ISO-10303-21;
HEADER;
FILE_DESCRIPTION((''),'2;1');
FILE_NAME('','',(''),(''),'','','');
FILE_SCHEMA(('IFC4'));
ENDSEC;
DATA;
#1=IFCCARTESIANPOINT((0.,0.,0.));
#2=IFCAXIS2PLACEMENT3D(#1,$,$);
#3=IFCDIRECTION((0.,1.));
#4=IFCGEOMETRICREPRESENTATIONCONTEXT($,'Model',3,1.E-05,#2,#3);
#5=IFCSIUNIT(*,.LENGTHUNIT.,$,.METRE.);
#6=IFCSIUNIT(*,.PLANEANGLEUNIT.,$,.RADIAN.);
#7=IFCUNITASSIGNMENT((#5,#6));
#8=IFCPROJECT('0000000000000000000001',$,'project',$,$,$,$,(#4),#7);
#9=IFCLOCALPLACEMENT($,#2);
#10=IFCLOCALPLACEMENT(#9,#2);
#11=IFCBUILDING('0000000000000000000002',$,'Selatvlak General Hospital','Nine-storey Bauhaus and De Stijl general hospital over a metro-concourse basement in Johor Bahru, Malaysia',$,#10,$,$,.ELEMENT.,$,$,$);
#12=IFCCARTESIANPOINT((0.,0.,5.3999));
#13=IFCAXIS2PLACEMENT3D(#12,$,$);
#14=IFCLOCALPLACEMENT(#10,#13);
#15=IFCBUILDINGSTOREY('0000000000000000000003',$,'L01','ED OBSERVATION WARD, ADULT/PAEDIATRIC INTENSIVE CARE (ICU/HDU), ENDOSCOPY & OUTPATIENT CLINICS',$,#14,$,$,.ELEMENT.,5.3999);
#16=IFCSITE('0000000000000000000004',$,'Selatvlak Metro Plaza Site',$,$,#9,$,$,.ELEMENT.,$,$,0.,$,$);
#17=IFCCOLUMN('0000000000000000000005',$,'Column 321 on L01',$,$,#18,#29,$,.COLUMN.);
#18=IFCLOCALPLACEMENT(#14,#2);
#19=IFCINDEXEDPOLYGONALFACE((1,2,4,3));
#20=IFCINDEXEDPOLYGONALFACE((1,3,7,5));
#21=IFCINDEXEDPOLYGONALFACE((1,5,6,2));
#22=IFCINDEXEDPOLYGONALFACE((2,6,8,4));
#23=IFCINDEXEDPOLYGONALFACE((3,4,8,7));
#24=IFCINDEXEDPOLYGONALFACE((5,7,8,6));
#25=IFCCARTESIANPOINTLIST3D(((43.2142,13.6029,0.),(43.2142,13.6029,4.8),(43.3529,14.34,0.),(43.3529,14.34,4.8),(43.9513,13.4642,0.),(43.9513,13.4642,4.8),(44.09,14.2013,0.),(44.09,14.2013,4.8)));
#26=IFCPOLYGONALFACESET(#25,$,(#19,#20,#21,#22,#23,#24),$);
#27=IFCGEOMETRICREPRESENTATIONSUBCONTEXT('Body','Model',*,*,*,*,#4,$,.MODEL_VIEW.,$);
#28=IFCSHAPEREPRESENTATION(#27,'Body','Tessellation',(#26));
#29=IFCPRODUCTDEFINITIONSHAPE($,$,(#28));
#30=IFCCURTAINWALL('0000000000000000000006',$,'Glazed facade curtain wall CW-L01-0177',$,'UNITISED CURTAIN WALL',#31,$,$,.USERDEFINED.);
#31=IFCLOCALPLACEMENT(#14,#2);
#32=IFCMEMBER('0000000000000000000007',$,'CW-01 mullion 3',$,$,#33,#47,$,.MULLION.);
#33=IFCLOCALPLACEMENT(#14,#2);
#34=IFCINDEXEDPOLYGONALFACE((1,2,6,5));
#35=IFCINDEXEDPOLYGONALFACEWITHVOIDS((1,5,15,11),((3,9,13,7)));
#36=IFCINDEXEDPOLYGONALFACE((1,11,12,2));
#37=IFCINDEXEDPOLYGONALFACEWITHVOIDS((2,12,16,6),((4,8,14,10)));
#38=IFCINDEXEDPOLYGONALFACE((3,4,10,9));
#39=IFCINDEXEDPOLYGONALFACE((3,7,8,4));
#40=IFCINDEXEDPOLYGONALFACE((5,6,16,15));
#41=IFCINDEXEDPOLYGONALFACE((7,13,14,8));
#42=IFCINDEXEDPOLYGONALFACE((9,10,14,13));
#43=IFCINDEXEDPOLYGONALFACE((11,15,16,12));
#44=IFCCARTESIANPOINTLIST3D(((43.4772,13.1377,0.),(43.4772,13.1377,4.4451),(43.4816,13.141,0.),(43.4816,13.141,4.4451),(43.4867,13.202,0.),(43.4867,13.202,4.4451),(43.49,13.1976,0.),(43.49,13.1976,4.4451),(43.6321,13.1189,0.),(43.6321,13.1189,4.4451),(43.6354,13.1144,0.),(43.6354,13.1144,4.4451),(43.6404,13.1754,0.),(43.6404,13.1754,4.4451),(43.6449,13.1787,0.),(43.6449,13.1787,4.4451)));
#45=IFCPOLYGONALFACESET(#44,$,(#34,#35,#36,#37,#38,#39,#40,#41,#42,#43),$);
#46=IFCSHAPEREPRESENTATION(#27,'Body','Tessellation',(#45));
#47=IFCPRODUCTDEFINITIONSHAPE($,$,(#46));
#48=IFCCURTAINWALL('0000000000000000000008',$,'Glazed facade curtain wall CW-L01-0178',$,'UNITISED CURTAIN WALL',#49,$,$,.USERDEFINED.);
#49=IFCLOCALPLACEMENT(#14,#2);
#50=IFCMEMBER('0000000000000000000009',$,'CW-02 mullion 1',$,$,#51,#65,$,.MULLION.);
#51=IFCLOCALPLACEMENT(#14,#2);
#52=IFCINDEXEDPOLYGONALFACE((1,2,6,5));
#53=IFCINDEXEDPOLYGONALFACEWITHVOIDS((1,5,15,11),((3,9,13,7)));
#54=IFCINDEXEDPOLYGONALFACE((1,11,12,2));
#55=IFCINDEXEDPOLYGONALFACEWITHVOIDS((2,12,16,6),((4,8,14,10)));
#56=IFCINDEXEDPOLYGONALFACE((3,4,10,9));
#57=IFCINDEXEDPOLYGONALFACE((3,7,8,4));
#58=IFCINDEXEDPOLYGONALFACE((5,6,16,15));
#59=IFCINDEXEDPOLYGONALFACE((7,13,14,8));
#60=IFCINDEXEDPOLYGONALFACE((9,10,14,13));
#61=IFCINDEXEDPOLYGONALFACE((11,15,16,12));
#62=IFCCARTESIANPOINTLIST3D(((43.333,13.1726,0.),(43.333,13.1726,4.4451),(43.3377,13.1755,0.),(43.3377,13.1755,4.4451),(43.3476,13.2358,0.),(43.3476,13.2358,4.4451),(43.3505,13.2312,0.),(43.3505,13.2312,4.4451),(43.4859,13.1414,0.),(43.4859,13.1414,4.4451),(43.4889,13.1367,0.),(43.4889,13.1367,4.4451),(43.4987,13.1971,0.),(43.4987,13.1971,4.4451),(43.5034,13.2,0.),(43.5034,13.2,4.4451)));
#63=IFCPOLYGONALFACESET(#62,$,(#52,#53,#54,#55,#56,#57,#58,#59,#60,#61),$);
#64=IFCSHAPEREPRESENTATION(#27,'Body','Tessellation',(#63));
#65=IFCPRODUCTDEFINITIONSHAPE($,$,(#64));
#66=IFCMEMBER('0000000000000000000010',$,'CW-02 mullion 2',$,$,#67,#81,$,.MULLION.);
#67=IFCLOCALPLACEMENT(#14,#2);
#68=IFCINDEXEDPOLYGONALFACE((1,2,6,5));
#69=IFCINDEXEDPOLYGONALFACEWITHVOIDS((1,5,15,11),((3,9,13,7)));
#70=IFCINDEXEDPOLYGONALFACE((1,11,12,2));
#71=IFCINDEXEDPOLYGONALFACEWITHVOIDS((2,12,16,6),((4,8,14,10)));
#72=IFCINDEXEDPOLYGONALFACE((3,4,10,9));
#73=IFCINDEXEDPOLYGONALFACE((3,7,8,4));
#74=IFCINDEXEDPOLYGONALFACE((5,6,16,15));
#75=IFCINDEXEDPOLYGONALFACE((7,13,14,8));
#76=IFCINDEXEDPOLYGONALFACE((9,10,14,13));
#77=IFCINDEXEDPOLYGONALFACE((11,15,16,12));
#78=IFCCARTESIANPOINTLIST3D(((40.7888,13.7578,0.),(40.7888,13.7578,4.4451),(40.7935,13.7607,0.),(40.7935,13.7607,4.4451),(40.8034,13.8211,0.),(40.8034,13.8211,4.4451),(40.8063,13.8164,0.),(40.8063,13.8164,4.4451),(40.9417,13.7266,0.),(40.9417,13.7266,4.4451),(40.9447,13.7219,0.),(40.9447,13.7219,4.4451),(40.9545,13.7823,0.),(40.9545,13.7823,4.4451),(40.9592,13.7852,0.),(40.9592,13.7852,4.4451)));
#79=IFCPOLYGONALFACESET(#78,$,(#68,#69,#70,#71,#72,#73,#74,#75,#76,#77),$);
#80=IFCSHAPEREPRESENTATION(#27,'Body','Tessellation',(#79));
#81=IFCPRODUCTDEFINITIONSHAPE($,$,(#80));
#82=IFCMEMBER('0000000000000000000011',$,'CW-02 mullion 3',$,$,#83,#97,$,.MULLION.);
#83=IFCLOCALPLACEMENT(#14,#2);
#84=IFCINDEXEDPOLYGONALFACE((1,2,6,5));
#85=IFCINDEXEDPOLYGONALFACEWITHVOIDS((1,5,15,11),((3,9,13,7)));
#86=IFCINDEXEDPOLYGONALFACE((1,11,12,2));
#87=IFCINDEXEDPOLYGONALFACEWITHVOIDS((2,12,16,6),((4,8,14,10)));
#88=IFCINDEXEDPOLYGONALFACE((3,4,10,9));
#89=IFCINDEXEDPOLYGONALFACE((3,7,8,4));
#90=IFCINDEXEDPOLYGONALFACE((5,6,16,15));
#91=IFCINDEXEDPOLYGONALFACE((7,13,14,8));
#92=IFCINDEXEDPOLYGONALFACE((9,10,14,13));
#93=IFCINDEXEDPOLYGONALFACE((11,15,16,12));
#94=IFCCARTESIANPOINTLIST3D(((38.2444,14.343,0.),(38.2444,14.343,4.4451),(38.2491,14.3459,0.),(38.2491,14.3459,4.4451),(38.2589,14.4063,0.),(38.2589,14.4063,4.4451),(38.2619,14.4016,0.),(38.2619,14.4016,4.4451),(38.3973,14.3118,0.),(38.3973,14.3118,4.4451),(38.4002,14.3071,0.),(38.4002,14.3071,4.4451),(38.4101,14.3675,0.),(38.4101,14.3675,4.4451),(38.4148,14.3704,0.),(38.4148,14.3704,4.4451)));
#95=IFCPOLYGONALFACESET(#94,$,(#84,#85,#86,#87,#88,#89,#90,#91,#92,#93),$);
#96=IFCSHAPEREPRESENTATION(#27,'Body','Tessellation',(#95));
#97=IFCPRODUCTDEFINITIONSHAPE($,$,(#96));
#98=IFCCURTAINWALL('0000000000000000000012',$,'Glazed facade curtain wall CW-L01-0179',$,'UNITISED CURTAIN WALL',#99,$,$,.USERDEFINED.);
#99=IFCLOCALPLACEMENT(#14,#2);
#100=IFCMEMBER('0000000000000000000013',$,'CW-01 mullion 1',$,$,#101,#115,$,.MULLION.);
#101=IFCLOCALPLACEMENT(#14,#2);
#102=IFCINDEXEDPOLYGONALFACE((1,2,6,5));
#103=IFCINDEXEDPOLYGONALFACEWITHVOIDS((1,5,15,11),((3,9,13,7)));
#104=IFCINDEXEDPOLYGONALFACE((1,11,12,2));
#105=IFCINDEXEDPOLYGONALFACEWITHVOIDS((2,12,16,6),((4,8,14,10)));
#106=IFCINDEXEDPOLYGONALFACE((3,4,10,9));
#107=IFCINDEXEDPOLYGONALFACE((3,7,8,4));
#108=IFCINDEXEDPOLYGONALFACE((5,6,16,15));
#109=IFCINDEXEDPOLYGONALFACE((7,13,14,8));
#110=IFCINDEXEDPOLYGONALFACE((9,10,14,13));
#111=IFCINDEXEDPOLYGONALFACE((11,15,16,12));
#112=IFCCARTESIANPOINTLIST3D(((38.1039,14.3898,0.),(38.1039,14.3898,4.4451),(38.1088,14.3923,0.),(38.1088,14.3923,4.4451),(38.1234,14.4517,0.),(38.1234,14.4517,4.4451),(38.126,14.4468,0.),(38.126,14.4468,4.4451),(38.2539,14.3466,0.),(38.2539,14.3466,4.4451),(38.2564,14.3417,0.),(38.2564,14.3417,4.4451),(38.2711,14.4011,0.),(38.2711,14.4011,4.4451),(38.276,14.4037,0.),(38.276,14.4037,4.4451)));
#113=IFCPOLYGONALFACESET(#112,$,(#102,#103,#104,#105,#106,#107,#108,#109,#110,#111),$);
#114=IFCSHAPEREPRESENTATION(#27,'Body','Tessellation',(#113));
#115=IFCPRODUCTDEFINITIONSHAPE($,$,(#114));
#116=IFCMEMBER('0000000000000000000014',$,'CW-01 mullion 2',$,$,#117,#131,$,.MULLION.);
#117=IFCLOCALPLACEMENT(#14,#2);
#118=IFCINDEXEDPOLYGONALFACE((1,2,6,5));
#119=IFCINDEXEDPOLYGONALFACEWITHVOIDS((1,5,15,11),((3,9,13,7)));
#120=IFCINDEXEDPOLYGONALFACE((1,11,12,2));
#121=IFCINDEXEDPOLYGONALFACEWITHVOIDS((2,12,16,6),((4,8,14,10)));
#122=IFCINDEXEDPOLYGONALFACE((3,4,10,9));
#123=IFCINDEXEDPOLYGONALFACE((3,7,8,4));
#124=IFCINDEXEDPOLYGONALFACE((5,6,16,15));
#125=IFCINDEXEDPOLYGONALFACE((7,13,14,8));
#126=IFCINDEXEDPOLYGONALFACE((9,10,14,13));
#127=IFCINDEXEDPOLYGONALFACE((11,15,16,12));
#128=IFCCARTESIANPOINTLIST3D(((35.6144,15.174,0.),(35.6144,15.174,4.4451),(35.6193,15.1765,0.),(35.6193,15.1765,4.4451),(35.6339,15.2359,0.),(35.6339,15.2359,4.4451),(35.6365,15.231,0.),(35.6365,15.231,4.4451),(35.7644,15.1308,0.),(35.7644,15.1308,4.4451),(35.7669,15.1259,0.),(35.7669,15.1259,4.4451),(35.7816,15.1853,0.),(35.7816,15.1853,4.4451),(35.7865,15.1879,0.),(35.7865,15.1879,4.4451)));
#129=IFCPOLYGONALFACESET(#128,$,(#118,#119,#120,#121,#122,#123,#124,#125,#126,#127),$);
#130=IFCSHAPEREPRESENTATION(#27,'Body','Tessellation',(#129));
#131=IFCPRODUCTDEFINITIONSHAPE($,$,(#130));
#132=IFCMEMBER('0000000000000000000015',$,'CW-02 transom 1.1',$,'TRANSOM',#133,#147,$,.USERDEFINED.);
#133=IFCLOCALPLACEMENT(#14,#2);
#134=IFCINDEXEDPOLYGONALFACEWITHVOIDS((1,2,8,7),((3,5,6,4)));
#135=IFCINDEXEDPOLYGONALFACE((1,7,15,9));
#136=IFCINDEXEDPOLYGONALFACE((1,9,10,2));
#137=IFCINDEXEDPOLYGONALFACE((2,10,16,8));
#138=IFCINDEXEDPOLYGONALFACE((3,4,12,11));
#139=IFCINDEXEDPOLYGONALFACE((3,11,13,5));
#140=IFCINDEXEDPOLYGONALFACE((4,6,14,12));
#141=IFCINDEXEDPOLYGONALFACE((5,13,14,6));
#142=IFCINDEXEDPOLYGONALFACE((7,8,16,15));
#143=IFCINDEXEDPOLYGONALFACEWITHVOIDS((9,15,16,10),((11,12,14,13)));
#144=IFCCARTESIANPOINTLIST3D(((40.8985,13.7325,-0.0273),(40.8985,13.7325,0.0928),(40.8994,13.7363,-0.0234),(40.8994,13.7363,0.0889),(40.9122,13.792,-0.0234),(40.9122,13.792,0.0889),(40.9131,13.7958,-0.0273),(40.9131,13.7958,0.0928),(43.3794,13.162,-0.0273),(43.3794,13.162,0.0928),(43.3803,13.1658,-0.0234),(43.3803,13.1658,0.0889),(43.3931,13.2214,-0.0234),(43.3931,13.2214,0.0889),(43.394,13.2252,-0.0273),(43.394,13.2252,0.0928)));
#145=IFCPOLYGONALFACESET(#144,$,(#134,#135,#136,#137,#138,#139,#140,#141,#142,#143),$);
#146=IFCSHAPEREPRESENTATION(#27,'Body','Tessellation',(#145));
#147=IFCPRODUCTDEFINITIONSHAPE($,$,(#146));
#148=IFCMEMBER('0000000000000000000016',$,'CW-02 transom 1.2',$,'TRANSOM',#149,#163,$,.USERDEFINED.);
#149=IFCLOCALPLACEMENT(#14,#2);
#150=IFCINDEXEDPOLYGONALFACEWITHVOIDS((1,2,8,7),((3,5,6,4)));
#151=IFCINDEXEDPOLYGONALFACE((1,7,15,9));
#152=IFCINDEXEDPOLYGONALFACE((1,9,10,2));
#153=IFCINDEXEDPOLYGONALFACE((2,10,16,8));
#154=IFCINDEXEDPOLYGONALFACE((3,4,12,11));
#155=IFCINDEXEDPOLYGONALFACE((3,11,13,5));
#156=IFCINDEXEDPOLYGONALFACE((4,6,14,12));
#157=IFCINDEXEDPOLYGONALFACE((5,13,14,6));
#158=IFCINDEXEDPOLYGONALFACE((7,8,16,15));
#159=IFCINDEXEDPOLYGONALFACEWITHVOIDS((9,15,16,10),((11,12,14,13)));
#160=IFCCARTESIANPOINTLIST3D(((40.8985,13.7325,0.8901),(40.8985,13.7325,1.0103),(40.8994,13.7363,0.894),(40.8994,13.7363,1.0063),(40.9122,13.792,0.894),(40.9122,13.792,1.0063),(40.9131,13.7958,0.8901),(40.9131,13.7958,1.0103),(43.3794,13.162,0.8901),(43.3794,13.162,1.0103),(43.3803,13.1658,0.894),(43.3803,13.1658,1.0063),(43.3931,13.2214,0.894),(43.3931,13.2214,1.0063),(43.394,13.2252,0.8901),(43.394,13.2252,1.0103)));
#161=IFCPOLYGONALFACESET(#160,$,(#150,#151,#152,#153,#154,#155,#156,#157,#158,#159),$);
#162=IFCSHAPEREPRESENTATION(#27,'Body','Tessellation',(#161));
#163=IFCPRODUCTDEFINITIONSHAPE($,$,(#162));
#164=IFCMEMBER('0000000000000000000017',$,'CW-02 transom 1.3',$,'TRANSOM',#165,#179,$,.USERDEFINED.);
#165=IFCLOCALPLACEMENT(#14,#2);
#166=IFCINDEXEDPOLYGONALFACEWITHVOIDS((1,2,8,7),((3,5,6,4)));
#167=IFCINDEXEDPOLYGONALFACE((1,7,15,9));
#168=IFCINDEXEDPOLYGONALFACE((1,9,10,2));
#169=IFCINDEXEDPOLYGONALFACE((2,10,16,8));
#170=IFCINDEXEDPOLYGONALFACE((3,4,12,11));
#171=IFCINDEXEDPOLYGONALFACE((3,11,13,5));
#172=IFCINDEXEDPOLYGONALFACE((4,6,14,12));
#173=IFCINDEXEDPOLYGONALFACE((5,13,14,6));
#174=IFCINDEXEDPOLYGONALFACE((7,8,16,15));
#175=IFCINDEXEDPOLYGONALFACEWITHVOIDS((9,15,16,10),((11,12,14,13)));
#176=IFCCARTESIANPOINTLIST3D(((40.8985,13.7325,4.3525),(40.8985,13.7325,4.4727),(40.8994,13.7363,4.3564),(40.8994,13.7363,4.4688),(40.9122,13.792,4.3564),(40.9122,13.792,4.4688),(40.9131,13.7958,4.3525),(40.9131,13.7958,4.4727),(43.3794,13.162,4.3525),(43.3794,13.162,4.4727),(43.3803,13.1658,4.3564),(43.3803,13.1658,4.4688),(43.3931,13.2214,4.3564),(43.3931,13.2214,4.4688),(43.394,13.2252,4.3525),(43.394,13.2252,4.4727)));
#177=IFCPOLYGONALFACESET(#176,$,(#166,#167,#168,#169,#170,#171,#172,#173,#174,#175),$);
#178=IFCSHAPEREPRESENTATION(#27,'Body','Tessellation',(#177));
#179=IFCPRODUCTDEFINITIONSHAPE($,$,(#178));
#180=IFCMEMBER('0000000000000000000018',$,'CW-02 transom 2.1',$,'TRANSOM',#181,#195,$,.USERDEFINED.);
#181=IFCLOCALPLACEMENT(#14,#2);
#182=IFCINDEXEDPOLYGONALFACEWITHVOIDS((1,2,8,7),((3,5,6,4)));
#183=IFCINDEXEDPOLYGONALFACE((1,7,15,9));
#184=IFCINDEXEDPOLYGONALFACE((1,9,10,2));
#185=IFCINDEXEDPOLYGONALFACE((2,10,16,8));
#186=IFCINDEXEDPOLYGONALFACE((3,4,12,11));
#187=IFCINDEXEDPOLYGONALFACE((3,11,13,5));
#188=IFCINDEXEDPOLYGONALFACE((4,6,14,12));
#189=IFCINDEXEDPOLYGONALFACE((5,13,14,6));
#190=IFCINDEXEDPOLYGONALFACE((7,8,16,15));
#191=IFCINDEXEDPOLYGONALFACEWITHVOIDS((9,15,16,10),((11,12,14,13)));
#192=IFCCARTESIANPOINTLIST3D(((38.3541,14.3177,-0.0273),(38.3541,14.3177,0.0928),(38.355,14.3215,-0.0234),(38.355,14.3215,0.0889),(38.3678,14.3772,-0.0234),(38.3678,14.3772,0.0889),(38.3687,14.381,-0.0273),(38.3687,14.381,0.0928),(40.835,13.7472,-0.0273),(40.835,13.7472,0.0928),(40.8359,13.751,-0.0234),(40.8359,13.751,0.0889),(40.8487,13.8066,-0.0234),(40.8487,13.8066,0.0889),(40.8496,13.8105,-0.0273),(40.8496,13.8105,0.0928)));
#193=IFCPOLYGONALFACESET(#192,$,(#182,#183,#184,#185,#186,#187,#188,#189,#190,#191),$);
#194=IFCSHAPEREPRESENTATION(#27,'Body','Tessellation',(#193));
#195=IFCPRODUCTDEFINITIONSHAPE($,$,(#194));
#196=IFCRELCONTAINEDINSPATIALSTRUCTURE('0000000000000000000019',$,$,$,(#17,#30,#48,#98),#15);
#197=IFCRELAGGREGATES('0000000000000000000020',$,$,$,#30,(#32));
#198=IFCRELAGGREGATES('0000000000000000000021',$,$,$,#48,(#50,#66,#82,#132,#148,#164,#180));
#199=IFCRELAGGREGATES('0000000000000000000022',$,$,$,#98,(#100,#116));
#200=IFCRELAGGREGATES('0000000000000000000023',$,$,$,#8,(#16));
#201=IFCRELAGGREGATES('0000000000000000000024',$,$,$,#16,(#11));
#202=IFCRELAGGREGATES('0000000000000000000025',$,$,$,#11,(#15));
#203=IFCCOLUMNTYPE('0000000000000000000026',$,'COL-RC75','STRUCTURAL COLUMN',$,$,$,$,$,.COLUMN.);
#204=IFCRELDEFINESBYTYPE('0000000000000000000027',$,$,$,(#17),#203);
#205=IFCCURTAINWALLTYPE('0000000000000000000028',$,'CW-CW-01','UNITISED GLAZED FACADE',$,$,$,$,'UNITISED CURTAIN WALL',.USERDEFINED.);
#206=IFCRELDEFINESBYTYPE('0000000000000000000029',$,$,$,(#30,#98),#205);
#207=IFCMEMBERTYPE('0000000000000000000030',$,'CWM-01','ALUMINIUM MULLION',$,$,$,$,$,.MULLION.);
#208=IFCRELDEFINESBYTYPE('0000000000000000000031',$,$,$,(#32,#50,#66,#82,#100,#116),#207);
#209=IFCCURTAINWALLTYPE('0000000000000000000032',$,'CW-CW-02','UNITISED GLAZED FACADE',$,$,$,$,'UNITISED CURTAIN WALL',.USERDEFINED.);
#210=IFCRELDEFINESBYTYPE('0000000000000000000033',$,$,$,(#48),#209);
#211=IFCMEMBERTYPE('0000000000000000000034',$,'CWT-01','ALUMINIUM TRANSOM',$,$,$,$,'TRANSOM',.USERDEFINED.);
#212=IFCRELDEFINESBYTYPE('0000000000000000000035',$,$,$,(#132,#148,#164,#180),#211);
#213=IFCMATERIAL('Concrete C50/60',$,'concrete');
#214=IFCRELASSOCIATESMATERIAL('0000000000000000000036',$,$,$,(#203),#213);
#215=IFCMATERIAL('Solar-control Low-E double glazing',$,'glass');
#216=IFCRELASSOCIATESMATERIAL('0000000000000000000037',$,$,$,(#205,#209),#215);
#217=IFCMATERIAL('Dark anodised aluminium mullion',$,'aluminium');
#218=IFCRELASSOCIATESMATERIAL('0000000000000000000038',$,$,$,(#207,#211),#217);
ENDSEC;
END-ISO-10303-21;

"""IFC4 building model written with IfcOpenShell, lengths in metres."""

from ifc_helpers import new_model, si_unit, direction, frame, origin, origin_2d, place, context, subcontext, project, spatial, rectangle, hollow_rectangle, extrude, material, material_profile, profile_set, type_object, element, aggregate, save


model = new_model("IFC4")

# Units and contexts
model_context = context("Model", 3, precision=1e-05, world=origin(), true_north=direction((0.0, 1.0)))
body_context = subcontext(model_context, "Body", "Model", "MODEL_VIEW")
ifc_project = project(units=[si_unit("LENGTHUNIT", "METRE"), si_unit("PLANEANGLEUNIT", "RADIAN")], contexts=[model_context])

# Site, building, storey
site_placement = place(None, origin())
site = spatial("IfcSite", under=ifc_project, at=site_placement, Name="Selatvlak Metro Plaza Site", CompositionType="ELEMENT", RefElevation=0.0)
building_placement = place(site_placement, origin())
building = spatial("IfcBuilding", under=site, at=building_placement, Name="Selatvlak General Hospital", Description="Nine-storey Bauhaus and De Stijl general hospital over a metro-concourse basement in Johor Bahru, Malaysia", CompositionType="ELEMENT")
storey_placement = place(building_placement, frame((0.0, 0.0, 5.3999)))
storey = spatial("IfcBuildingStorey", under=building, at=storey_placement, Name="L01", Description="ED OBSERVATION WARD, ADULT/PAEDIATRIC INTENSIVE CARE (ICU/HDU), ENDOSCOPY & OUTPATIENT CLINICS", CompositionType="ELEMENT", Elevation=5.3999)

# Column
ifc_material_1 = material(Name="Concrete C50/60", Category="concrete")
ifc_material_profile_1 = material_profile(ifc_material_1, rectangle(XDim=0.75, YDim=0.75, at=origin_2d()), Name="RC-COL 750x750")
ifc_profile_set_1 = profile_set([ifc_material_profile_1], Name="Concrete C50/60")
column_type = type_object("IfcColumnType", Name="COL-RC75", Description="STRUCTURAL COLUMN", PredefinedType="COLUMN", material=ifc_profile_set_1)
column_placement = place(storey_placement, frame((43.6521, 13.9021, 0.0), z_axis=(0.0, 0.0, 1.0), x_axis=(0.184998, 0.982739, 0.0)))
element("IfcColumn", 1, at=column_placement, inside=storey, type_object=column_type, Name="Column 321 on L01", PredefinedType="COLUMN", context=body_context, shape_type="SweptSolid", body=[
    extrude(rectangle(XDim=0.75, YDim=0.75, at=origin_2d()), origin(), (0.0, 0.0, 1.0), 4.8),
])

# Curtain wall, member
ifc_material_2 = material(Name="Solar-control Low-E double glazing", Category="glass")
curtain_wall_type_1 = type_object("IfcCurtainWallType", Name="CW-CW-01", Description="UNITISED GLAZED FACADE", ElementType="UNITISED CURTAIN WALL", PredefinedType="USERDEFINED", material=ifc_material_2)
curtain_wall_1_placement = place(storey_placement, origin())
curtain_wall_1 = element("IfcCurtainWall", 2, at=curtain_wall_1_placement, inside=storey, type_object=curtain_wall_type_1, Name="Glazed facade curtain wall CW-L01-0177", ObjectType="UNITISED CURTAIN WALL", PredefinedType="USERDEFINED")
ifc_material_3 = material(Name="Dark anodised aluminium mullion", Category="aluminium")
ifc_material_profile_2 = material_profile(ifc_material_3, hollow_rectangle(XDim=0.0649, YDim=0.1599, WallThickness=0.0039, at=origin_2d()), Name="AL-MUL 65x160x4")
ifc_profile_set_2 = profile_set([ifc_material_profile_2], Name="Dark anodised aluminium mullion")
member_type_1 = type_object("IfcMemberType", Name="CWM-01", Description="ALUMINIUM MULLION", PredefinedType="MULLION", material=ifc_profile_set_2)
member_1_placement = place(storey_placement, frame((43.561, 13.1582, 0.0), z_axis=(0.0, 0.0, 1.0), x_axis=(-0.145843, -0.989308, 0.0)))
member_1 = element("IfcMember", 3, at=member_1_placement, type_object=member_type_1, Name="CW-01 mullion 3", PredefinedType="MULLION", context=body_context, shape_type="SweptSolid", body=[
    extrude(hollow_rectangle(XDim=0.0649, YDim=0.1599, WallThickness=0.0039, at=origin_2d()), origin(), (0.0, 0.0, 1.0), 4.4451),
])
aggregate(curtain_wall_1, [member_1])

# Curtain walls, members
curtain_wall_type_2 = type_object("IfcCurtainWallType", Name="CW-CW-02", Description="UNITISED GLAZED FACADE", ElementType="UNITISED CURTAIN WALL", PredefinedType="USERDEFINED", material=ifc_material_2)
curtain_wall_2_placement = place(storey_placement, origin())
curtain_wall_2 = element("IfcCurtainWall", 4, at=curtain_wall_2_placement, inside=storey, type_object=curtain_wall_type_2, Name="Glazed facade curtain wall CW-L01-0178", ObjectType="UNITISED CURTAIN WALL", PredefinedType="USERDEFINED")
member_2_placement = place(storey_placement, frame((43.4182, 13.1863, 0.0), z_axis=(0.0, 0.0, 1.0), x_axis=(-0.224155, -0.974554, 0.0)))
member_2 = element("IfcMember", 5, at=member_2_placement, type_object=member_type_1, Name="CW-02 mullion 1", PredefinedType="MULLION", context=body_context, shape_type="SweptSolid", body=[
    extrude(hollow_rectangle(XDim=0.0649, YDim=0.1599, WallThickness=0.0039, at=origin_2d()), origin(), (0.0, 0.0, 1.0), 4.4451),
])
member_3_placement = place(storey_placement, frame((40.874, 13.7715, 0.0), z_axis=(0.0, 0.0, 1.0), x_axis=(-0.224155, -0.974554, 0.0)))
member_3 = element("IfcMember", 6, at=member_3_placement, type_object=member_type_1, Name="CW-02 mullion 2", PredefinedType="MULLION", context=body_context, shape_type="SweptSolid", body=[
    extrude(hollow_rectangle(XDim=0.0649, YDim=0.1599, WallThickness=0.0039, at=origin_2d()), origin(), (0.0, 0.0, 1.0), 4.4451),
])
member_4_placement = place(storey_placement, frame((38.3296, 14.3567, 0.0), z_axis=(0.0, 0.0, 1.0), x_axis=(-0.224155, -0.974554, 0.0)))
member_4 = element("IfcMember", 7, at=member_4_placement, type_object=member_type_1, Name="CW-02 mullion 3", PredefinedType="MULLION", context=body_context, shape_type="SweptSolid", body=[
    extrude(hollow_rectangle(XDim=0.0649, YDim=0.1599, WallThickness=0.0039, at=origin_2d()), origin(), (0.0, 0.0, 1.0), 4.4451),
])
curtain_wall_3_placement = place(storey_placement, origin())
curtain_wall_3 = element("IfcCurtainWall", 8, at=curtain_wall_3_placement, inside=storey, type_object=curtain_wall_type_1, Name="Glazed facade curtain wall CW-L01-0179", ObjectType="UNITISED CURTAIN WALL", PredefinedType="USERDEFINED")
member_5_placement = place(storey_placement, frame((38.1899, 14.3967, 0.0), z_axis=(0.0, 0.0, 1.0), x_axis=(-0.300461, -0.953794, 0.0)))
member_5 = element("IfcMember", 9, at=member_5_placement, type_object=member_type_1, Name="CW-01 mullion 1", PredefinedType="MULLION", context=body_context, shape_type="SweptSolid", body=[
    extrude(hollow_rectangle(XDim=0.0649, YDim=0.1599, WallThickness=0.0039, at=origin_2d()), origin(), (0.0, 0.0, 1.0), 4.4451),
])
member_6_placement = place(storey_placement, frame((35.7004, 15.1809, 0.0), z_axis=(0.0, 0.0, 1.0), x_axis=(-0.300461, -0.953794, 0.0)))
member_6 = element("IfcMember", 10, at=member_6_placement, type_object=member_type_1, Name="CW-01 mullion 2", PredefinedType="MULLION", context=body_context, shape_type="SweptSolid", body=[
    extrude(hollow_rectangle(XDim=0.0649, YDim=0.1599, WallThickness=0.0039, at=origin_2d()), origin(), (0.0, 0.0, 1.0), 4.4451),
])

# Members
ifc_material_profile_3 = material_profile(ifc_material_3, hollow_rectangle(XDim=0.0649, YDim=0.1201, WallThickness=0.0039, at=origin_2d()), Name="AL-TRN 65x120x4")
ifc_profile_set_3 = profile_set([ifc_material_profile_3], Name="Dark anodised aluminium mullion")
member_type_2 = type_object("IfcMemberType", Name="CWT-01", Description="ALUMINIUM TRANSOM", ElementType="TRANSOM", PredefinedType="USERDEFINED", material=ifc_profile_set_3)
member_7_placement = place(storey_placement, frame((43.3867, 13.1936, 0.0327), z_axis=(-0.974561, 0.224124, 0.0), x_axis=(-0.224124, -0.974561, 0.0)))
member_7 = element("IfcMember", 11, at=member_7_placement, type_object=member_type_2, Name="CW-02 transom 1.1", ObjectType="TRANSOM", PredefinedType="USERDEFINED", context=body_context, shape_type="SweptSolid", body=[
    extrude(hollow_rectangle(XDim=0.0649, YDim=0.1201, WallThickness=0.0039, at=origin_2d()), origin(), (0.0, 0.0, 1.0), 2.5457),
])
member_8_placement = place(storey_placement, frame((43.3867, 13.1936, 0.9502), z_axis=(-0.974561, 0.224124, 0.0), x_axis=(-0.224124, -0.974561, 0.0)))
member_8 = element("IfcMember", 12, at=member_8_placement, type_object=member_type_2, Name="CW-02 transom 1.2", ObjectType="TRANSOM", PredefinedType="USERDEFINED", context=body_context, shape_type="SweptSolid", body=[
    extrude(hollow_rectangle(XDim=0.0649, YDim=0.1201, WallThickness=0.0039, at=origin_2d()), origin(), (0.0, 0.0, 1.0), 2.5457),
])
member_9_placement = place(storey_placement, frame((43.3867, 13.1936, 4.4126), z_axis=(-0.974561, 0.224124, 0.0), x_axis=(-0.224124, -0.974561, 0.0)))
member_9 = element("IfcMember", 13, at=member_9_placement, type_object=member_type_2, Name="CW-02 transom 1.3", ObjectType="TRANSOM", PredefinedType="USERDEFINED", context=body_context, shape_type="SweptSolid", body=[
    extrude(hollow_rectangle(XDim=0.0649, YDim=0.1201, WallThickness=0.0039, at=origin_2d()), origin(), (0.0, 0.0, 1.0), 2.5457),
])
member_10_placement = place(storey_placement, frame((40.8423, 13.7788, 0.0327), z_axis=(-0.974561, 0.224124, 0.0), x_axis=(-0.224124, -0.974561, 0.0)))
member_10 = element("IfcMember", 14, at=member_10_placement, type_object=member_type_2, Name="CW-02 transom 2.1", ObjectType="TRANSOM", PredefinedType="USERDEFINED", context=body_context, shape_type="SweptSolid", body=[
    extrude(hollow_rectangle(XDim=0.0649, YDim=0.1201, WallThickness=0.0039, at=origin_2d()), origin(), (0.0, 0.0, 1.0), 2.5457),
])

aggregate(curtain_wall_2, [member_2, member_3, member_4, member_7, member_8, member_9, member_10])
aggregate(curtain_wall_3, [member_5, member_6])

save(model, "model.ifc")
